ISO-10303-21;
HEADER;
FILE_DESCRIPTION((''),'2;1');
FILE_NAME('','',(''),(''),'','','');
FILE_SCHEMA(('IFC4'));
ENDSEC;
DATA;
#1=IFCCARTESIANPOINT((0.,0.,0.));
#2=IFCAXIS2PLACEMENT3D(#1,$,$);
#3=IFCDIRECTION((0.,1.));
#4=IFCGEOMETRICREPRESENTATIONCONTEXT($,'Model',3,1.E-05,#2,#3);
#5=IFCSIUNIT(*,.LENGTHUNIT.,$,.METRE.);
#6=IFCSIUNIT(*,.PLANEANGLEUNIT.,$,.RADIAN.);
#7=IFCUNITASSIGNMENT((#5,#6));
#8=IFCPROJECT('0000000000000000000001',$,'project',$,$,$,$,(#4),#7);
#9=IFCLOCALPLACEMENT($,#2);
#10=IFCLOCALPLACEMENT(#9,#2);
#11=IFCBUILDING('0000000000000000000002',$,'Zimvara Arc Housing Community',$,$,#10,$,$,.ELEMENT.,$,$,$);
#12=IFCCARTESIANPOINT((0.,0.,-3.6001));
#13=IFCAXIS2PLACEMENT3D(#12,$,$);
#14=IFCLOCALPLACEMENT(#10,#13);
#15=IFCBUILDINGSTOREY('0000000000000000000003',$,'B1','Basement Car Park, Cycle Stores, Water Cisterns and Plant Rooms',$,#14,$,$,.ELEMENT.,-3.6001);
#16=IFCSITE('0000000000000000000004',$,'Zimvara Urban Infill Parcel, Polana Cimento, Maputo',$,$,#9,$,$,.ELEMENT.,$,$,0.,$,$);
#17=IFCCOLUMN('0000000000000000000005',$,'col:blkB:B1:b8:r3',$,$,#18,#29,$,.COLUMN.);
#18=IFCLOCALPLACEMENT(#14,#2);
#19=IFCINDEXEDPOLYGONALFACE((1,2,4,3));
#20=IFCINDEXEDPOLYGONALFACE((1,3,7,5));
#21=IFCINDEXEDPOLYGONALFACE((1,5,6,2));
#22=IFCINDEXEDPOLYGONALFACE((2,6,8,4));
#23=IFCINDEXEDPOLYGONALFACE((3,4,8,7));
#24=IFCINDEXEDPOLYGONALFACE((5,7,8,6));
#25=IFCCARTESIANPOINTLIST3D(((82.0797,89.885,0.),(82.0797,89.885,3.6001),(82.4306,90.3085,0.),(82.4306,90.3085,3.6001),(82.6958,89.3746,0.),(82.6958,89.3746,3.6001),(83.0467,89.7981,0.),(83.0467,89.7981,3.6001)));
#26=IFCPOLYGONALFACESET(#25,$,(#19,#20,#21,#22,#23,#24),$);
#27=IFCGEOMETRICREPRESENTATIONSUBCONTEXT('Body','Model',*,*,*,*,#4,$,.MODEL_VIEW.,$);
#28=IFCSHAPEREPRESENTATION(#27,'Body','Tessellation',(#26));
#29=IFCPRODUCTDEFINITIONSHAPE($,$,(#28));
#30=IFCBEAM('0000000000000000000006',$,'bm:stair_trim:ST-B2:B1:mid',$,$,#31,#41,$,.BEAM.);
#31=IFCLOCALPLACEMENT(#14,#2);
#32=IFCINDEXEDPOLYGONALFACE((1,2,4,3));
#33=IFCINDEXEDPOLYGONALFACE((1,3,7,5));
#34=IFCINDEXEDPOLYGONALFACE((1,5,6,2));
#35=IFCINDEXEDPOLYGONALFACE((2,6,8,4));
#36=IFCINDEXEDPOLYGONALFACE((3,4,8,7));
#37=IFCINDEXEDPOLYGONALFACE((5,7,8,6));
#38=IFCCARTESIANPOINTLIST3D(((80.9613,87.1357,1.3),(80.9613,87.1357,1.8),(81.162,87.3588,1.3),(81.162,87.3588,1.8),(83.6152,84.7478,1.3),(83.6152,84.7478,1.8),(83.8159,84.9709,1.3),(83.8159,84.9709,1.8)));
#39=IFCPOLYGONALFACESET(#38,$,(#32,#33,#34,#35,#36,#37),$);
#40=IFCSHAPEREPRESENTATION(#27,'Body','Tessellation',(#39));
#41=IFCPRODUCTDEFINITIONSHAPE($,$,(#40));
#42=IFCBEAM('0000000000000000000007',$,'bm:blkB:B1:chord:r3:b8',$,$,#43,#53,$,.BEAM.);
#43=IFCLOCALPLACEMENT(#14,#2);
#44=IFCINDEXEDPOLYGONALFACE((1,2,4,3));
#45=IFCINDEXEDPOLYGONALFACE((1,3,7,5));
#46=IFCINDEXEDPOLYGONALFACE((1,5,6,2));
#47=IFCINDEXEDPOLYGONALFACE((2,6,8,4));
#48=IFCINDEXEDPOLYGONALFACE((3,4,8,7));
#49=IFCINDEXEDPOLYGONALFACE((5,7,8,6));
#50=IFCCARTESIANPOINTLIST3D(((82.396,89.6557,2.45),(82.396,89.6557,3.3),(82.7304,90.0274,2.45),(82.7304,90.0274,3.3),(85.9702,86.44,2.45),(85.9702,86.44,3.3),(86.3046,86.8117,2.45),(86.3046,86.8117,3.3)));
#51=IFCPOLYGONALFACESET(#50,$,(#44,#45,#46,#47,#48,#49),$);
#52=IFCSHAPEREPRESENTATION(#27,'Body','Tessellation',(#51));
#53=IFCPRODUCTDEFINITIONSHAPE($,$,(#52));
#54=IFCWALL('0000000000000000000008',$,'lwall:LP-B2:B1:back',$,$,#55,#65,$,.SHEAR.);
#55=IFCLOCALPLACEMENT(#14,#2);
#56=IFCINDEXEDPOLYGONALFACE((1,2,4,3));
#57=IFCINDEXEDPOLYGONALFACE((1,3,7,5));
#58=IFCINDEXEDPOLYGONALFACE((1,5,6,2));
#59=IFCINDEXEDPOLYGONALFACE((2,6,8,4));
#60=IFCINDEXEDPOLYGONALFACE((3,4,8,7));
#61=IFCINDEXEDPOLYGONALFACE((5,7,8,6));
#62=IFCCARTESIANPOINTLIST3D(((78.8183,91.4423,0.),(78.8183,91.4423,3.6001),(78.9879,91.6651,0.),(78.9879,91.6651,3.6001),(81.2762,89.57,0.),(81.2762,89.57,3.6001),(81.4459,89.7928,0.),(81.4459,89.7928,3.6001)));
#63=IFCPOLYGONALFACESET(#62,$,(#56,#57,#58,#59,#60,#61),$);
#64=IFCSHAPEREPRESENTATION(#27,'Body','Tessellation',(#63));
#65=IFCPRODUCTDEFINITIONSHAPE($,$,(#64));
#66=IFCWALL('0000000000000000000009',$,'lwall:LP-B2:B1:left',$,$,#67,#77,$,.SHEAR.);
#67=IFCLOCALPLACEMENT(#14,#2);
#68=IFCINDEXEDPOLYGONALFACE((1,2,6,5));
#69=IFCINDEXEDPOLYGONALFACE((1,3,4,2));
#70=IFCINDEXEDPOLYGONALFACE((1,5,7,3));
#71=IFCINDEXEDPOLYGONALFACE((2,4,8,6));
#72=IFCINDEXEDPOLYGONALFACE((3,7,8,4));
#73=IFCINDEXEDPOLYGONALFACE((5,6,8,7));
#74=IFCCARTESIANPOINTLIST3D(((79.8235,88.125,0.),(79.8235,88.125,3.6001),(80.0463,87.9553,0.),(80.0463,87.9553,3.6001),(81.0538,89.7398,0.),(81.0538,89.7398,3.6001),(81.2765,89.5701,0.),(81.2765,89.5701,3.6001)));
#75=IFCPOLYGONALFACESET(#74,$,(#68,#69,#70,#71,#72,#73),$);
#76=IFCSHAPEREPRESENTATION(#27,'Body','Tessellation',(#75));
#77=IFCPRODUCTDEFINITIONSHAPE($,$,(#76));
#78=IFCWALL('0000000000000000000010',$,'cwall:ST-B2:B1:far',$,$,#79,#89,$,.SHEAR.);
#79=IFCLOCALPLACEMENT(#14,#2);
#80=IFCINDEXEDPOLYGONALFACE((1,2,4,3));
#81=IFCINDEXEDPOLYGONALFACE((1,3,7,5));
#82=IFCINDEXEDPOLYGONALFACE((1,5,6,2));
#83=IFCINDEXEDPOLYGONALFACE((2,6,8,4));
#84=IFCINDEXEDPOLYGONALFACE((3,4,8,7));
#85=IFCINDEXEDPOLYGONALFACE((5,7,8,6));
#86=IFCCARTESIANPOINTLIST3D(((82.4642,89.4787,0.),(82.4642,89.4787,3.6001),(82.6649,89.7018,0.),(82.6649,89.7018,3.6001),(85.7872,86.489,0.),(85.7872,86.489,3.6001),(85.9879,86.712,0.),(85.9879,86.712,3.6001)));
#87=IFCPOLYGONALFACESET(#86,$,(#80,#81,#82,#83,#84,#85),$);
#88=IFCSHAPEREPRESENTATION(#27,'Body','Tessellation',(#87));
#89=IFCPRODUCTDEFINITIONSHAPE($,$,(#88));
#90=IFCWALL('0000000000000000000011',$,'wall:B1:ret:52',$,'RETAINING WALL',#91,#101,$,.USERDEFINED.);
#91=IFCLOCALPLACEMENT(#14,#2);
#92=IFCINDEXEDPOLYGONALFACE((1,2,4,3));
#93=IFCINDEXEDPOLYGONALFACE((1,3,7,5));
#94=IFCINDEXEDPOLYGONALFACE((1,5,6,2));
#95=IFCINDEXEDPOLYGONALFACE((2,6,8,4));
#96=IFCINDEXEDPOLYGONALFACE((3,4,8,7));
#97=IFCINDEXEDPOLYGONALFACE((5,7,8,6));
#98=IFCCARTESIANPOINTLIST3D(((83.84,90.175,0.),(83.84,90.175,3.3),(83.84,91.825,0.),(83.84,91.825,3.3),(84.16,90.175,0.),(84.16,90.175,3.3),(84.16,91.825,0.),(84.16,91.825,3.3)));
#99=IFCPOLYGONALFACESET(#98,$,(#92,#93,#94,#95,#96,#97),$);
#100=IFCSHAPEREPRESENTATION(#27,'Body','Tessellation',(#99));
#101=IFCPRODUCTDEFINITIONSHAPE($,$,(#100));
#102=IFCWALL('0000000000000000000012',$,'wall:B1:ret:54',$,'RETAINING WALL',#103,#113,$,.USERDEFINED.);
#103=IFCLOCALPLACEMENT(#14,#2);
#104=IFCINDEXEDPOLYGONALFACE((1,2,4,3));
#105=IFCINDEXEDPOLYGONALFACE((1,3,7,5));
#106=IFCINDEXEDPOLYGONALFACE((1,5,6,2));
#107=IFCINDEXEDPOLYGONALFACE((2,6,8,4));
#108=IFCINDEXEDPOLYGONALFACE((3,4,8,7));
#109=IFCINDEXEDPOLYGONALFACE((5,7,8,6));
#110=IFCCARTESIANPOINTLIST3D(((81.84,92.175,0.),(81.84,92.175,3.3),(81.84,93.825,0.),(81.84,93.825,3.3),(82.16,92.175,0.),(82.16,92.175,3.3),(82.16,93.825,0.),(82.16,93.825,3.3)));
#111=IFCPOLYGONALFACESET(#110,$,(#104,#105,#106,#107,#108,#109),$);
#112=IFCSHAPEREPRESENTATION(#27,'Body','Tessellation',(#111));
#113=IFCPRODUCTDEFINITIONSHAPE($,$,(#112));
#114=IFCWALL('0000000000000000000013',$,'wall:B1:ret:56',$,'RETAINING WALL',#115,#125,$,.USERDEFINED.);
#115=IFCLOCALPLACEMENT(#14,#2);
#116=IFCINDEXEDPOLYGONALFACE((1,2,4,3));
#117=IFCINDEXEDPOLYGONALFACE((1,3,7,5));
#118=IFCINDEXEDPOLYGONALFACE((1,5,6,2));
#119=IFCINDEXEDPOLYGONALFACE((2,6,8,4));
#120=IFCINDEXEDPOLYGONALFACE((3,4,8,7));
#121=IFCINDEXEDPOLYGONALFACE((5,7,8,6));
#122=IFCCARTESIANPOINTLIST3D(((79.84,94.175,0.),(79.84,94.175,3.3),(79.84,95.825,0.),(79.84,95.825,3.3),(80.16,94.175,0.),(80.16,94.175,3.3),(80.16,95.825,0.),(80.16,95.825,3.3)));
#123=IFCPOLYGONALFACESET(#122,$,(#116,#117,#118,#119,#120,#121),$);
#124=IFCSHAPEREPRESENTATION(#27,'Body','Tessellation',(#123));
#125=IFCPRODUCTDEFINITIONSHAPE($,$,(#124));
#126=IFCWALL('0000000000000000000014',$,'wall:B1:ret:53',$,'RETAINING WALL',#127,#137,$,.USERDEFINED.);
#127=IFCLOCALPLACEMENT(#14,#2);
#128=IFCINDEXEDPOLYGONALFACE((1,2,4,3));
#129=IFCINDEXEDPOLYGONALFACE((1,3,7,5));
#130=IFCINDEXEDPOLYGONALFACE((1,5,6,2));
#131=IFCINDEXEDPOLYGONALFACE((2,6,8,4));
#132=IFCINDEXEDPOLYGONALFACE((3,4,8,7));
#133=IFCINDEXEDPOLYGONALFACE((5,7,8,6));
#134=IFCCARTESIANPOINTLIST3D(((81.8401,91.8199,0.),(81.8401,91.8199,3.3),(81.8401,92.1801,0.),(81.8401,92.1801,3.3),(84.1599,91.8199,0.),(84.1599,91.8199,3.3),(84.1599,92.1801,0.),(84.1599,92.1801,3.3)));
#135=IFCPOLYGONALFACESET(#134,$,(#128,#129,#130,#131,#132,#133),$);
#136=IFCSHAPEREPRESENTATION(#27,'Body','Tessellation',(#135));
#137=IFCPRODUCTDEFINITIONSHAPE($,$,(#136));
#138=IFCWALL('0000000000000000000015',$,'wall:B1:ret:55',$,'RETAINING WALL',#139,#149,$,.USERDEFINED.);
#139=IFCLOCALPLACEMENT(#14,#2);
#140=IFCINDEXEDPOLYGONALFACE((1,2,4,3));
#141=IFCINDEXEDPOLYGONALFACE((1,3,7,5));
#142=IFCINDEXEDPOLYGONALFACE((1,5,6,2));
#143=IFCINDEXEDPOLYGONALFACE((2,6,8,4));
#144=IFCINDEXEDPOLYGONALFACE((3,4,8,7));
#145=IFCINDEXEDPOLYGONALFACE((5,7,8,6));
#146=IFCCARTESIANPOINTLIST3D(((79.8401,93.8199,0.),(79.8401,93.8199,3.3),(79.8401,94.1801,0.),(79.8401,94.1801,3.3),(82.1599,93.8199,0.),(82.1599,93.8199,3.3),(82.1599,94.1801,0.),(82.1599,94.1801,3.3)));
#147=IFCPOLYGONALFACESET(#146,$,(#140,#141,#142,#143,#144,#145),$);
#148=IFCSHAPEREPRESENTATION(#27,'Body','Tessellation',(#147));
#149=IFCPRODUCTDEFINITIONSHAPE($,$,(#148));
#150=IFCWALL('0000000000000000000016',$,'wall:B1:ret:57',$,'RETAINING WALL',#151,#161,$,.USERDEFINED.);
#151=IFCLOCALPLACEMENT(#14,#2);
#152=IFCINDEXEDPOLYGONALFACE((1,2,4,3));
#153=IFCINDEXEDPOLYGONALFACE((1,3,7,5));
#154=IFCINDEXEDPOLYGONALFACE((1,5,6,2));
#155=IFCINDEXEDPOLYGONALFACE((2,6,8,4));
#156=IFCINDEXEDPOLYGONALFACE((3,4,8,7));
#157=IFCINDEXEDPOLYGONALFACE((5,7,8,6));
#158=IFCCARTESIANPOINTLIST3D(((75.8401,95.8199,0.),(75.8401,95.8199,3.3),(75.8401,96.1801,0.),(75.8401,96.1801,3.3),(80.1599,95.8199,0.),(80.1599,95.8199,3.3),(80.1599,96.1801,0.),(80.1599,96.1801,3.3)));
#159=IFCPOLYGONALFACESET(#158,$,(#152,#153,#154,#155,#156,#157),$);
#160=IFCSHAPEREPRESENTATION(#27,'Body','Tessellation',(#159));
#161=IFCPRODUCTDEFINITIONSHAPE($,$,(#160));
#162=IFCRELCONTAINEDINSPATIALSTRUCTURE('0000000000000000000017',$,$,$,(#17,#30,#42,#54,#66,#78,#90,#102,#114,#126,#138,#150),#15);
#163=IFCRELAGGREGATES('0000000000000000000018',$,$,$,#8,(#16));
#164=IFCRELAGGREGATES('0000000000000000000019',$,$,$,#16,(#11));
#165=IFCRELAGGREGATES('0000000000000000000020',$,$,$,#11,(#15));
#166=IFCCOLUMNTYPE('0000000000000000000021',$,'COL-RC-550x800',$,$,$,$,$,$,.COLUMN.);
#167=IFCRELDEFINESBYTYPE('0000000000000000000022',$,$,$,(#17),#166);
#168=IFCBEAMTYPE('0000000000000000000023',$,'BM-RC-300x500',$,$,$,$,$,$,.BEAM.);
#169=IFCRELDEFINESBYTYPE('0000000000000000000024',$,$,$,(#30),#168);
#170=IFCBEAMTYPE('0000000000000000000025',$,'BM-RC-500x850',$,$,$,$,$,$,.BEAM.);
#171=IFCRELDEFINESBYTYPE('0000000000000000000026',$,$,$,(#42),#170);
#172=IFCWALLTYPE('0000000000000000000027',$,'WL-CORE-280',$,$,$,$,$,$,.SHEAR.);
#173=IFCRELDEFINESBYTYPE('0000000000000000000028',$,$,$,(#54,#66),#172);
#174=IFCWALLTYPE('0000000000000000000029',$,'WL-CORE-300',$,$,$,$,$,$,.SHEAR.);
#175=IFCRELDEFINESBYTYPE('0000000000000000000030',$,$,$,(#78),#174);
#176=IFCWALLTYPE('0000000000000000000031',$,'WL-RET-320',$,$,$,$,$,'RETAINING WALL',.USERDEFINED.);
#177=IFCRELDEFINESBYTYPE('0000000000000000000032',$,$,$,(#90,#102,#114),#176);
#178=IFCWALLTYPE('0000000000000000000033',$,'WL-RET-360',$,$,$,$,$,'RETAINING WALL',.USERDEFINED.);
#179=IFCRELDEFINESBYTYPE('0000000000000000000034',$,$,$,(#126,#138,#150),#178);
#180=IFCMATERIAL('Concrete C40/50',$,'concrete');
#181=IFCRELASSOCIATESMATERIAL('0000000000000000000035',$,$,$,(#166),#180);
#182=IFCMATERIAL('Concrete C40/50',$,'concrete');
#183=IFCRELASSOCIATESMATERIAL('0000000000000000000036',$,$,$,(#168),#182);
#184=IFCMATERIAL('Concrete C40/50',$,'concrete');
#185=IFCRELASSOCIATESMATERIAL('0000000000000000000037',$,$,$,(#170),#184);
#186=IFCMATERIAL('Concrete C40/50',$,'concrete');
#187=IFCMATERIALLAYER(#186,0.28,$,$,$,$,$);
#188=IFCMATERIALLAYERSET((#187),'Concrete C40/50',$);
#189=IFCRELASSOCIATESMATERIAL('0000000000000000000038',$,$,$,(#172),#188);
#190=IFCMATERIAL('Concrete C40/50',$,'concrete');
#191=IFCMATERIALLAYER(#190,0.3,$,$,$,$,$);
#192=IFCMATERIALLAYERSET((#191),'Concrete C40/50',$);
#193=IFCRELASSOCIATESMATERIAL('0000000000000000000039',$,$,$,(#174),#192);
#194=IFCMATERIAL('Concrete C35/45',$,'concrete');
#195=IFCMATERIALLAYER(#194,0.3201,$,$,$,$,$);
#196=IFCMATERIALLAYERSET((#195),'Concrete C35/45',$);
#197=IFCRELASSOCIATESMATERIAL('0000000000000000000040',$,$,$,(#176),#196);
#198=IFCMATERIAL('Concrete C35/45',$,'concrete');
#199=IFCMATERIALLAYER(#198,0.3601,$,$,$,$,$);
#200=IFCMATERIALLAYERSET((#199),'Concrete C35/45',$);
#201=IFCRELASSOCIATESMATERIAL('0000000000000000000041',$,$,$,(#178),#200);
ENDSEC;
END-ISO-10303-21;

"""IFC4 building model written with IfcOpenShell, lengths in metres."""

from ifc_helpers import new_model, si_unit, direction, frame, frame_2d, origin, origin_2d, place, context, subcontext, project, spatial, rectangle, extrude, material, layer, layer_set, material_profile, profile_set, type_object, element, save


model = new_model("IFC4")

# Units and contexts
model_context = context("Model", 3, precision=1e-05, world=origin(), true_north=direction((0.0, 1.0)))
body_context = subcontext(model_context, "Body", "Model", "MODEL_VIEW")
ifc_project = project(units=[si_unit("LENGTHUNIT", "METRE"), si_unit("PLANEANGLEUNIT", "RADIAN")], contexts=[model_context])

# Site, building, storey
site_placement = place(None, origin())
site = spatial("IfcSite", under=ifc_project, at=site_placement, Name="Zimvara Urban Infill Parcel, Polana Cimento, Maputo", CompositionType="ELEMENT", RefElevation=0.0)
building_placement = place(site_placement, origin())
building = spatial("IfcBuilding", under=site, at=building_placement, Name="Zimvara Arc Housing Community", CompositionType="ELEMENT")
storey_placement = place(building_placement, frame((0.0, 0.0, -3.6001)))
storey = spatial("IfcBuildingStorey", under=building, at=storey_placement, Name="B1", Description="Basement Car Park, Cycle Stores, Water Cisterns and Plant Rooms", CompositionType="ELEMENT", Elevation=-3.6001)

# Column
ifc_material_1 = material(Name="Concrete C40/50", Category="concrete")
ifc_material_profile_1 = material_profile(ifc_material_1, rectangle(XDim=0.55, YDim=0.8, at=origin_2d()), Name="RC 550x800")
ifc_profile_set_1 = profile_set([ifc_material_profile_1], Name="Concrete C40/50")
column_type = type_object("IfcColumnType", Name="COL-RC-550x800", PredefinedType="COLUMN", material=ifc_profile_set_1)
column_placement = place(storey_placement, frame((82.5632, 89.8416, 0.0), z_axis=(0.0, 0.0, 1.0), x_axis=(0.637962, 0.770068, 0.0)))
element("IfcColumn", 1, at=column_placement, inside=storey, type_object=column_type, Name="col:blkB:B1:b8:r3", PredefinedType="COLUMN", context=body_context, shape_type="SweptSolid", body=[
    extrude(rectangle(XDim=0.55, YDim=0.8, at=origin_2d()), origin(), (0.0, 0.0, 1.0), 3.6001),
])

# Beams
ifc_material_2 = material(Name="Concrete C40/50", Category="concrete")
ifc_material_profile_2 = material_profile(ifc_material_2, rectangle(XDim=0.3, YDim=0.5, at=origin_2d()), Name="RC 300x500")
ifc_profile_set_2 = profile_set([ifc_material_profile_2], Name="Concrete C40/50")
beam_type_1 = type_object("IfcBeamType", Name="BM-RC-300x500", PredefinedType="BEAM", material=ifc_profile_set_2)
beam_1_placement = place(storey_placement, frame((83.7156, 84.8594, 1.55), z_axis=(-0.743393, 0.668855, 0.0), x_axis=(-0.668855, -0.743393, 0.0)))
element("IfcBeam", 2, at=beam_1_placement, inside=storey, type_object=beam_type_1, Name="bm:stair_trim:ST-B2:B1:mid", PredefinedType="BEAM", context=body_context, shape_type="SweptSolid", body=[
    extrude(rectangle(XDim=0.3, YDim=0.5, at=origin_2d()), origin(), (0.0, 0.0, 1.0), 3.5701),
])
ifc_material_3 = material(Name="Concrete C40/50", Category="concrete")
ifc_material_profile_3 = material_profile(ifc_material_3, rectangle(XDim=0.5, YDim=0.8501, at=origin_2d()), Name="RC 500x850")
ifc_profile_set_3 = profile_set([ifc_material_profile_3], Name="Concrete C40/50")
beam_type_2 = type_object("IfcBeamType", Name="BM-RC-500x850", PredefinedType="BEAM", material=ifc_profile_set_3)
beam_2_placement = place(storey_placement, frame((82.5632, 89.8416, 2.875), z_axis=(0.743395, -0.668853, 0.0), x_axis=(0.668853, 0.743395, 0.0)))
element("IfcBeam", 3, at=beam_2_placement, inside=storey, type_object=beam_type_2, Name="bm:blkB:B1:chord:r3:b8", PredefinedType="BEAM", context=body_context, shape_type="SweptSolid", body=[
    extrude(rectangle(XDim=0.5, YDim=0.8501, at=origin_2d()), origin(), (0.0, 0.0, 1.0), 4.8079),
])

# Shared definitions
ifc_material_4 = material(Name="Concrete C40/50", Category="concrete")
ifc_layer_1 = layer(ifc_material_4, 0.28)
ifc_layer_set_1 = layer_set([ifc_layer_1], Name="Concrete C40/50")
wall_type_1 = type_object("IfcWallType", Name="WL-CORE-280", PredefinedType="SHEAR", material=ifc_layer_set_1)

# Walls
wall_1_placement = place(storey_placement, frame((81.3611, 89.6814, 0.0), z_axis=(0.0, 0.0, 1.0), x_axis=(-0.795502, 0.60595, 0.0)))
element("IfcWall", 4, at=wall_1_placement, inside=storey, type_object=wall_type_1, Name="lwall:LP-B2:B1:back", PredefinedType="SHEAR", context=body_context, shape_type="SweptSolid", body=[
    extrude(rectangle(XDim=3.0898, YDim=0.28, at=frame_2d((1.5449, 0.0))), origin(), (0.0, 0.0, 1.0), 3.6001),
])
wall_2_placement = place(storey_placement, frame((79.9348, 88.04, 0.0), z_axis=(0.0, 0.0, 1.0), x_axis=(0.606025, 0.795446, 0.0)))
element("IfcWall", 5, at=wall_2_placement, inside=storey, type_object=wall_type_1, Name="lwall:LP-B2:B1:left", PredefinedType="SHEAR", context=body_context, shape_type="SweptSolid", body=[
    extrude(rectangle(XDim=2.03, YDim=0.28, at=frame_2d((1.0151, 0.0))), origin(), (0.0, 0.0, 1.0), 3.6001),
])
ifc_material_5 = material(Name="Concrete C40/50", Category="concrete")
ifc_layer_2 = layer(ifc_material_5, 0.3)
ifc_layer_set_2 = layer_set([ifc_layer_2], Name="Concrete C40/50")
wall_type_2 = type_object("IfcWallType", Name="WL-CORE-300", PredefinedType="SHEAR", material=ifc_layer_set_2)
wall_3_placement = place(storey_placement, frame((85.8875, 86.6006, 0.0), z_axis=(0.0, 0.0, 1.0), x_axis=(-0.7434, 0.668847, 0.0)))
element("IfcWall", 6, at=wall_3_placement, inside=storey, type_object=wall_type_2, Name="cwall:ST-B2:B1:far", PredefinedType="SHEAR", context=body_context, shape_type="SweptSolid", body=[
    extrude(rectangle(XDim=4.47, YDim=0.3, at=frame_2d((2.2349, 0.0))), origin(), (0.0, 0.0, 1.0), 3.6001),
])
ifc_material_6 = material(Name="Concrete C35/45", Category="concrete")
ifc_layer_3 = layer(ifc_material_6, 0.3201)
ifc_layer_set_3 = layer_set([ifc_layer_3], Name="Concrete C35/45")
wall_type_3 = type_object("IfcWallType", Name="WL-RET-320", ElementType="RETAINING WALL", PredefinedType="USERDEFINED", material=ifc_layer_set_3)
for number, where, z_axis, x_axis, name in (
    (7, (84.0, 90.175, 0.0), (0.0, 0.0, 1.0), (0.0, 1.0, 0.0), "wall:B1:ret:52"),
    (8, (82.0, 92.175, 0.0), (0.0, 0.0, 1.0), (0.0, 1.0, 0.0), "wall:B1:ret:54"),
    (9, (80.0, 94.175, 0.0), (0.0, 0.0, 1.0), (0.0, 1.0, 0.0), "wall:B1:ret:56"),
):
    element("IfcWall", number, at=place(storey_placement, frame(where, z_axis=z_axis, x_axis=x_axis)), inside=storey, type_object=wall_type_3, Name=name, ObjectType="RETAINING WALL", PredefinedType="USERDEFINED", context=body_context, shape_type="SweptSolid", body=[
        extrude(rectangle(XDim=1.6499, YDim=0.3201, at=frame_2d((0.825, 0.0))), origin(), (0.0, 0.0, 1.0), 3.3),
    ])
ifc_material_7 = material(Name="Concrete C35/45", Category="concrete")
ifc_layer_4 = layer(ifc_material_7, 0.3601)
ifc_layer_set_4 = layer_set([ifc_layer_4], Name="Concrete C35/45")
wall_type_4 = type_object("IfcWallType", Name="WL-RET-360", ElementType="RETAINING WALL", PredefinedType="USERDEFINED", material=ifc_layer_set_4)
for number, where, z_axis, x_axis, name in (
    (10, (84.1599, 92.0, 0.0), (0.0, 0.0, 1.0), (-1.0, 0.0, 0.0), "wall:B1:ret:53"),
    (11, (82.1599, 94.0, 0.0), (0.0, 0.0, 1.0), (-1.0, 0.0, 0.0), "wall:B1:ret:55"),
):
    element("IfcWall", number, at=place(storey_placement, frame(where, z_axis=z_axis, x_axis=x_axis)), inside=storey, type_object=wall_type_4, Name=name, ObjectType="RETAINING WALL", PredefinedType="USERDEFINED", context=body_context, shape_type="SweptSolid", body=[
        extrude(rectangle(XDim=2.3198, YDim=0.3601, at=frame_2d((1.1599, 0.0))), origin(), (0.0, 0.0, 1.0), 3.3),
    ])
wall_4_placement = place(storey_placement, frame((80.1599, 96.0, 0.0), z_axis=(0.0, 0.0, 1.0), x_axis=(-1.0, 0.0, 0.0)))
element("IfcWall", 12, at=wall_4_placement, inside=storey, type_object=wall_type_4, Name="wall:B1:ret:57", ObjectType="RETAINING WALL", PredefinedType="USERDEFINED", context=body_context, shape_type="SweptSolid", body=[
    extrude(rectangle(XDim=4.3198, YDim=0.3601, at=frame_2d((2.1599, 0.0))), origin(), (0.0, 0.0, 1.0), 3.3),
])

save(model, "model.ifc")
